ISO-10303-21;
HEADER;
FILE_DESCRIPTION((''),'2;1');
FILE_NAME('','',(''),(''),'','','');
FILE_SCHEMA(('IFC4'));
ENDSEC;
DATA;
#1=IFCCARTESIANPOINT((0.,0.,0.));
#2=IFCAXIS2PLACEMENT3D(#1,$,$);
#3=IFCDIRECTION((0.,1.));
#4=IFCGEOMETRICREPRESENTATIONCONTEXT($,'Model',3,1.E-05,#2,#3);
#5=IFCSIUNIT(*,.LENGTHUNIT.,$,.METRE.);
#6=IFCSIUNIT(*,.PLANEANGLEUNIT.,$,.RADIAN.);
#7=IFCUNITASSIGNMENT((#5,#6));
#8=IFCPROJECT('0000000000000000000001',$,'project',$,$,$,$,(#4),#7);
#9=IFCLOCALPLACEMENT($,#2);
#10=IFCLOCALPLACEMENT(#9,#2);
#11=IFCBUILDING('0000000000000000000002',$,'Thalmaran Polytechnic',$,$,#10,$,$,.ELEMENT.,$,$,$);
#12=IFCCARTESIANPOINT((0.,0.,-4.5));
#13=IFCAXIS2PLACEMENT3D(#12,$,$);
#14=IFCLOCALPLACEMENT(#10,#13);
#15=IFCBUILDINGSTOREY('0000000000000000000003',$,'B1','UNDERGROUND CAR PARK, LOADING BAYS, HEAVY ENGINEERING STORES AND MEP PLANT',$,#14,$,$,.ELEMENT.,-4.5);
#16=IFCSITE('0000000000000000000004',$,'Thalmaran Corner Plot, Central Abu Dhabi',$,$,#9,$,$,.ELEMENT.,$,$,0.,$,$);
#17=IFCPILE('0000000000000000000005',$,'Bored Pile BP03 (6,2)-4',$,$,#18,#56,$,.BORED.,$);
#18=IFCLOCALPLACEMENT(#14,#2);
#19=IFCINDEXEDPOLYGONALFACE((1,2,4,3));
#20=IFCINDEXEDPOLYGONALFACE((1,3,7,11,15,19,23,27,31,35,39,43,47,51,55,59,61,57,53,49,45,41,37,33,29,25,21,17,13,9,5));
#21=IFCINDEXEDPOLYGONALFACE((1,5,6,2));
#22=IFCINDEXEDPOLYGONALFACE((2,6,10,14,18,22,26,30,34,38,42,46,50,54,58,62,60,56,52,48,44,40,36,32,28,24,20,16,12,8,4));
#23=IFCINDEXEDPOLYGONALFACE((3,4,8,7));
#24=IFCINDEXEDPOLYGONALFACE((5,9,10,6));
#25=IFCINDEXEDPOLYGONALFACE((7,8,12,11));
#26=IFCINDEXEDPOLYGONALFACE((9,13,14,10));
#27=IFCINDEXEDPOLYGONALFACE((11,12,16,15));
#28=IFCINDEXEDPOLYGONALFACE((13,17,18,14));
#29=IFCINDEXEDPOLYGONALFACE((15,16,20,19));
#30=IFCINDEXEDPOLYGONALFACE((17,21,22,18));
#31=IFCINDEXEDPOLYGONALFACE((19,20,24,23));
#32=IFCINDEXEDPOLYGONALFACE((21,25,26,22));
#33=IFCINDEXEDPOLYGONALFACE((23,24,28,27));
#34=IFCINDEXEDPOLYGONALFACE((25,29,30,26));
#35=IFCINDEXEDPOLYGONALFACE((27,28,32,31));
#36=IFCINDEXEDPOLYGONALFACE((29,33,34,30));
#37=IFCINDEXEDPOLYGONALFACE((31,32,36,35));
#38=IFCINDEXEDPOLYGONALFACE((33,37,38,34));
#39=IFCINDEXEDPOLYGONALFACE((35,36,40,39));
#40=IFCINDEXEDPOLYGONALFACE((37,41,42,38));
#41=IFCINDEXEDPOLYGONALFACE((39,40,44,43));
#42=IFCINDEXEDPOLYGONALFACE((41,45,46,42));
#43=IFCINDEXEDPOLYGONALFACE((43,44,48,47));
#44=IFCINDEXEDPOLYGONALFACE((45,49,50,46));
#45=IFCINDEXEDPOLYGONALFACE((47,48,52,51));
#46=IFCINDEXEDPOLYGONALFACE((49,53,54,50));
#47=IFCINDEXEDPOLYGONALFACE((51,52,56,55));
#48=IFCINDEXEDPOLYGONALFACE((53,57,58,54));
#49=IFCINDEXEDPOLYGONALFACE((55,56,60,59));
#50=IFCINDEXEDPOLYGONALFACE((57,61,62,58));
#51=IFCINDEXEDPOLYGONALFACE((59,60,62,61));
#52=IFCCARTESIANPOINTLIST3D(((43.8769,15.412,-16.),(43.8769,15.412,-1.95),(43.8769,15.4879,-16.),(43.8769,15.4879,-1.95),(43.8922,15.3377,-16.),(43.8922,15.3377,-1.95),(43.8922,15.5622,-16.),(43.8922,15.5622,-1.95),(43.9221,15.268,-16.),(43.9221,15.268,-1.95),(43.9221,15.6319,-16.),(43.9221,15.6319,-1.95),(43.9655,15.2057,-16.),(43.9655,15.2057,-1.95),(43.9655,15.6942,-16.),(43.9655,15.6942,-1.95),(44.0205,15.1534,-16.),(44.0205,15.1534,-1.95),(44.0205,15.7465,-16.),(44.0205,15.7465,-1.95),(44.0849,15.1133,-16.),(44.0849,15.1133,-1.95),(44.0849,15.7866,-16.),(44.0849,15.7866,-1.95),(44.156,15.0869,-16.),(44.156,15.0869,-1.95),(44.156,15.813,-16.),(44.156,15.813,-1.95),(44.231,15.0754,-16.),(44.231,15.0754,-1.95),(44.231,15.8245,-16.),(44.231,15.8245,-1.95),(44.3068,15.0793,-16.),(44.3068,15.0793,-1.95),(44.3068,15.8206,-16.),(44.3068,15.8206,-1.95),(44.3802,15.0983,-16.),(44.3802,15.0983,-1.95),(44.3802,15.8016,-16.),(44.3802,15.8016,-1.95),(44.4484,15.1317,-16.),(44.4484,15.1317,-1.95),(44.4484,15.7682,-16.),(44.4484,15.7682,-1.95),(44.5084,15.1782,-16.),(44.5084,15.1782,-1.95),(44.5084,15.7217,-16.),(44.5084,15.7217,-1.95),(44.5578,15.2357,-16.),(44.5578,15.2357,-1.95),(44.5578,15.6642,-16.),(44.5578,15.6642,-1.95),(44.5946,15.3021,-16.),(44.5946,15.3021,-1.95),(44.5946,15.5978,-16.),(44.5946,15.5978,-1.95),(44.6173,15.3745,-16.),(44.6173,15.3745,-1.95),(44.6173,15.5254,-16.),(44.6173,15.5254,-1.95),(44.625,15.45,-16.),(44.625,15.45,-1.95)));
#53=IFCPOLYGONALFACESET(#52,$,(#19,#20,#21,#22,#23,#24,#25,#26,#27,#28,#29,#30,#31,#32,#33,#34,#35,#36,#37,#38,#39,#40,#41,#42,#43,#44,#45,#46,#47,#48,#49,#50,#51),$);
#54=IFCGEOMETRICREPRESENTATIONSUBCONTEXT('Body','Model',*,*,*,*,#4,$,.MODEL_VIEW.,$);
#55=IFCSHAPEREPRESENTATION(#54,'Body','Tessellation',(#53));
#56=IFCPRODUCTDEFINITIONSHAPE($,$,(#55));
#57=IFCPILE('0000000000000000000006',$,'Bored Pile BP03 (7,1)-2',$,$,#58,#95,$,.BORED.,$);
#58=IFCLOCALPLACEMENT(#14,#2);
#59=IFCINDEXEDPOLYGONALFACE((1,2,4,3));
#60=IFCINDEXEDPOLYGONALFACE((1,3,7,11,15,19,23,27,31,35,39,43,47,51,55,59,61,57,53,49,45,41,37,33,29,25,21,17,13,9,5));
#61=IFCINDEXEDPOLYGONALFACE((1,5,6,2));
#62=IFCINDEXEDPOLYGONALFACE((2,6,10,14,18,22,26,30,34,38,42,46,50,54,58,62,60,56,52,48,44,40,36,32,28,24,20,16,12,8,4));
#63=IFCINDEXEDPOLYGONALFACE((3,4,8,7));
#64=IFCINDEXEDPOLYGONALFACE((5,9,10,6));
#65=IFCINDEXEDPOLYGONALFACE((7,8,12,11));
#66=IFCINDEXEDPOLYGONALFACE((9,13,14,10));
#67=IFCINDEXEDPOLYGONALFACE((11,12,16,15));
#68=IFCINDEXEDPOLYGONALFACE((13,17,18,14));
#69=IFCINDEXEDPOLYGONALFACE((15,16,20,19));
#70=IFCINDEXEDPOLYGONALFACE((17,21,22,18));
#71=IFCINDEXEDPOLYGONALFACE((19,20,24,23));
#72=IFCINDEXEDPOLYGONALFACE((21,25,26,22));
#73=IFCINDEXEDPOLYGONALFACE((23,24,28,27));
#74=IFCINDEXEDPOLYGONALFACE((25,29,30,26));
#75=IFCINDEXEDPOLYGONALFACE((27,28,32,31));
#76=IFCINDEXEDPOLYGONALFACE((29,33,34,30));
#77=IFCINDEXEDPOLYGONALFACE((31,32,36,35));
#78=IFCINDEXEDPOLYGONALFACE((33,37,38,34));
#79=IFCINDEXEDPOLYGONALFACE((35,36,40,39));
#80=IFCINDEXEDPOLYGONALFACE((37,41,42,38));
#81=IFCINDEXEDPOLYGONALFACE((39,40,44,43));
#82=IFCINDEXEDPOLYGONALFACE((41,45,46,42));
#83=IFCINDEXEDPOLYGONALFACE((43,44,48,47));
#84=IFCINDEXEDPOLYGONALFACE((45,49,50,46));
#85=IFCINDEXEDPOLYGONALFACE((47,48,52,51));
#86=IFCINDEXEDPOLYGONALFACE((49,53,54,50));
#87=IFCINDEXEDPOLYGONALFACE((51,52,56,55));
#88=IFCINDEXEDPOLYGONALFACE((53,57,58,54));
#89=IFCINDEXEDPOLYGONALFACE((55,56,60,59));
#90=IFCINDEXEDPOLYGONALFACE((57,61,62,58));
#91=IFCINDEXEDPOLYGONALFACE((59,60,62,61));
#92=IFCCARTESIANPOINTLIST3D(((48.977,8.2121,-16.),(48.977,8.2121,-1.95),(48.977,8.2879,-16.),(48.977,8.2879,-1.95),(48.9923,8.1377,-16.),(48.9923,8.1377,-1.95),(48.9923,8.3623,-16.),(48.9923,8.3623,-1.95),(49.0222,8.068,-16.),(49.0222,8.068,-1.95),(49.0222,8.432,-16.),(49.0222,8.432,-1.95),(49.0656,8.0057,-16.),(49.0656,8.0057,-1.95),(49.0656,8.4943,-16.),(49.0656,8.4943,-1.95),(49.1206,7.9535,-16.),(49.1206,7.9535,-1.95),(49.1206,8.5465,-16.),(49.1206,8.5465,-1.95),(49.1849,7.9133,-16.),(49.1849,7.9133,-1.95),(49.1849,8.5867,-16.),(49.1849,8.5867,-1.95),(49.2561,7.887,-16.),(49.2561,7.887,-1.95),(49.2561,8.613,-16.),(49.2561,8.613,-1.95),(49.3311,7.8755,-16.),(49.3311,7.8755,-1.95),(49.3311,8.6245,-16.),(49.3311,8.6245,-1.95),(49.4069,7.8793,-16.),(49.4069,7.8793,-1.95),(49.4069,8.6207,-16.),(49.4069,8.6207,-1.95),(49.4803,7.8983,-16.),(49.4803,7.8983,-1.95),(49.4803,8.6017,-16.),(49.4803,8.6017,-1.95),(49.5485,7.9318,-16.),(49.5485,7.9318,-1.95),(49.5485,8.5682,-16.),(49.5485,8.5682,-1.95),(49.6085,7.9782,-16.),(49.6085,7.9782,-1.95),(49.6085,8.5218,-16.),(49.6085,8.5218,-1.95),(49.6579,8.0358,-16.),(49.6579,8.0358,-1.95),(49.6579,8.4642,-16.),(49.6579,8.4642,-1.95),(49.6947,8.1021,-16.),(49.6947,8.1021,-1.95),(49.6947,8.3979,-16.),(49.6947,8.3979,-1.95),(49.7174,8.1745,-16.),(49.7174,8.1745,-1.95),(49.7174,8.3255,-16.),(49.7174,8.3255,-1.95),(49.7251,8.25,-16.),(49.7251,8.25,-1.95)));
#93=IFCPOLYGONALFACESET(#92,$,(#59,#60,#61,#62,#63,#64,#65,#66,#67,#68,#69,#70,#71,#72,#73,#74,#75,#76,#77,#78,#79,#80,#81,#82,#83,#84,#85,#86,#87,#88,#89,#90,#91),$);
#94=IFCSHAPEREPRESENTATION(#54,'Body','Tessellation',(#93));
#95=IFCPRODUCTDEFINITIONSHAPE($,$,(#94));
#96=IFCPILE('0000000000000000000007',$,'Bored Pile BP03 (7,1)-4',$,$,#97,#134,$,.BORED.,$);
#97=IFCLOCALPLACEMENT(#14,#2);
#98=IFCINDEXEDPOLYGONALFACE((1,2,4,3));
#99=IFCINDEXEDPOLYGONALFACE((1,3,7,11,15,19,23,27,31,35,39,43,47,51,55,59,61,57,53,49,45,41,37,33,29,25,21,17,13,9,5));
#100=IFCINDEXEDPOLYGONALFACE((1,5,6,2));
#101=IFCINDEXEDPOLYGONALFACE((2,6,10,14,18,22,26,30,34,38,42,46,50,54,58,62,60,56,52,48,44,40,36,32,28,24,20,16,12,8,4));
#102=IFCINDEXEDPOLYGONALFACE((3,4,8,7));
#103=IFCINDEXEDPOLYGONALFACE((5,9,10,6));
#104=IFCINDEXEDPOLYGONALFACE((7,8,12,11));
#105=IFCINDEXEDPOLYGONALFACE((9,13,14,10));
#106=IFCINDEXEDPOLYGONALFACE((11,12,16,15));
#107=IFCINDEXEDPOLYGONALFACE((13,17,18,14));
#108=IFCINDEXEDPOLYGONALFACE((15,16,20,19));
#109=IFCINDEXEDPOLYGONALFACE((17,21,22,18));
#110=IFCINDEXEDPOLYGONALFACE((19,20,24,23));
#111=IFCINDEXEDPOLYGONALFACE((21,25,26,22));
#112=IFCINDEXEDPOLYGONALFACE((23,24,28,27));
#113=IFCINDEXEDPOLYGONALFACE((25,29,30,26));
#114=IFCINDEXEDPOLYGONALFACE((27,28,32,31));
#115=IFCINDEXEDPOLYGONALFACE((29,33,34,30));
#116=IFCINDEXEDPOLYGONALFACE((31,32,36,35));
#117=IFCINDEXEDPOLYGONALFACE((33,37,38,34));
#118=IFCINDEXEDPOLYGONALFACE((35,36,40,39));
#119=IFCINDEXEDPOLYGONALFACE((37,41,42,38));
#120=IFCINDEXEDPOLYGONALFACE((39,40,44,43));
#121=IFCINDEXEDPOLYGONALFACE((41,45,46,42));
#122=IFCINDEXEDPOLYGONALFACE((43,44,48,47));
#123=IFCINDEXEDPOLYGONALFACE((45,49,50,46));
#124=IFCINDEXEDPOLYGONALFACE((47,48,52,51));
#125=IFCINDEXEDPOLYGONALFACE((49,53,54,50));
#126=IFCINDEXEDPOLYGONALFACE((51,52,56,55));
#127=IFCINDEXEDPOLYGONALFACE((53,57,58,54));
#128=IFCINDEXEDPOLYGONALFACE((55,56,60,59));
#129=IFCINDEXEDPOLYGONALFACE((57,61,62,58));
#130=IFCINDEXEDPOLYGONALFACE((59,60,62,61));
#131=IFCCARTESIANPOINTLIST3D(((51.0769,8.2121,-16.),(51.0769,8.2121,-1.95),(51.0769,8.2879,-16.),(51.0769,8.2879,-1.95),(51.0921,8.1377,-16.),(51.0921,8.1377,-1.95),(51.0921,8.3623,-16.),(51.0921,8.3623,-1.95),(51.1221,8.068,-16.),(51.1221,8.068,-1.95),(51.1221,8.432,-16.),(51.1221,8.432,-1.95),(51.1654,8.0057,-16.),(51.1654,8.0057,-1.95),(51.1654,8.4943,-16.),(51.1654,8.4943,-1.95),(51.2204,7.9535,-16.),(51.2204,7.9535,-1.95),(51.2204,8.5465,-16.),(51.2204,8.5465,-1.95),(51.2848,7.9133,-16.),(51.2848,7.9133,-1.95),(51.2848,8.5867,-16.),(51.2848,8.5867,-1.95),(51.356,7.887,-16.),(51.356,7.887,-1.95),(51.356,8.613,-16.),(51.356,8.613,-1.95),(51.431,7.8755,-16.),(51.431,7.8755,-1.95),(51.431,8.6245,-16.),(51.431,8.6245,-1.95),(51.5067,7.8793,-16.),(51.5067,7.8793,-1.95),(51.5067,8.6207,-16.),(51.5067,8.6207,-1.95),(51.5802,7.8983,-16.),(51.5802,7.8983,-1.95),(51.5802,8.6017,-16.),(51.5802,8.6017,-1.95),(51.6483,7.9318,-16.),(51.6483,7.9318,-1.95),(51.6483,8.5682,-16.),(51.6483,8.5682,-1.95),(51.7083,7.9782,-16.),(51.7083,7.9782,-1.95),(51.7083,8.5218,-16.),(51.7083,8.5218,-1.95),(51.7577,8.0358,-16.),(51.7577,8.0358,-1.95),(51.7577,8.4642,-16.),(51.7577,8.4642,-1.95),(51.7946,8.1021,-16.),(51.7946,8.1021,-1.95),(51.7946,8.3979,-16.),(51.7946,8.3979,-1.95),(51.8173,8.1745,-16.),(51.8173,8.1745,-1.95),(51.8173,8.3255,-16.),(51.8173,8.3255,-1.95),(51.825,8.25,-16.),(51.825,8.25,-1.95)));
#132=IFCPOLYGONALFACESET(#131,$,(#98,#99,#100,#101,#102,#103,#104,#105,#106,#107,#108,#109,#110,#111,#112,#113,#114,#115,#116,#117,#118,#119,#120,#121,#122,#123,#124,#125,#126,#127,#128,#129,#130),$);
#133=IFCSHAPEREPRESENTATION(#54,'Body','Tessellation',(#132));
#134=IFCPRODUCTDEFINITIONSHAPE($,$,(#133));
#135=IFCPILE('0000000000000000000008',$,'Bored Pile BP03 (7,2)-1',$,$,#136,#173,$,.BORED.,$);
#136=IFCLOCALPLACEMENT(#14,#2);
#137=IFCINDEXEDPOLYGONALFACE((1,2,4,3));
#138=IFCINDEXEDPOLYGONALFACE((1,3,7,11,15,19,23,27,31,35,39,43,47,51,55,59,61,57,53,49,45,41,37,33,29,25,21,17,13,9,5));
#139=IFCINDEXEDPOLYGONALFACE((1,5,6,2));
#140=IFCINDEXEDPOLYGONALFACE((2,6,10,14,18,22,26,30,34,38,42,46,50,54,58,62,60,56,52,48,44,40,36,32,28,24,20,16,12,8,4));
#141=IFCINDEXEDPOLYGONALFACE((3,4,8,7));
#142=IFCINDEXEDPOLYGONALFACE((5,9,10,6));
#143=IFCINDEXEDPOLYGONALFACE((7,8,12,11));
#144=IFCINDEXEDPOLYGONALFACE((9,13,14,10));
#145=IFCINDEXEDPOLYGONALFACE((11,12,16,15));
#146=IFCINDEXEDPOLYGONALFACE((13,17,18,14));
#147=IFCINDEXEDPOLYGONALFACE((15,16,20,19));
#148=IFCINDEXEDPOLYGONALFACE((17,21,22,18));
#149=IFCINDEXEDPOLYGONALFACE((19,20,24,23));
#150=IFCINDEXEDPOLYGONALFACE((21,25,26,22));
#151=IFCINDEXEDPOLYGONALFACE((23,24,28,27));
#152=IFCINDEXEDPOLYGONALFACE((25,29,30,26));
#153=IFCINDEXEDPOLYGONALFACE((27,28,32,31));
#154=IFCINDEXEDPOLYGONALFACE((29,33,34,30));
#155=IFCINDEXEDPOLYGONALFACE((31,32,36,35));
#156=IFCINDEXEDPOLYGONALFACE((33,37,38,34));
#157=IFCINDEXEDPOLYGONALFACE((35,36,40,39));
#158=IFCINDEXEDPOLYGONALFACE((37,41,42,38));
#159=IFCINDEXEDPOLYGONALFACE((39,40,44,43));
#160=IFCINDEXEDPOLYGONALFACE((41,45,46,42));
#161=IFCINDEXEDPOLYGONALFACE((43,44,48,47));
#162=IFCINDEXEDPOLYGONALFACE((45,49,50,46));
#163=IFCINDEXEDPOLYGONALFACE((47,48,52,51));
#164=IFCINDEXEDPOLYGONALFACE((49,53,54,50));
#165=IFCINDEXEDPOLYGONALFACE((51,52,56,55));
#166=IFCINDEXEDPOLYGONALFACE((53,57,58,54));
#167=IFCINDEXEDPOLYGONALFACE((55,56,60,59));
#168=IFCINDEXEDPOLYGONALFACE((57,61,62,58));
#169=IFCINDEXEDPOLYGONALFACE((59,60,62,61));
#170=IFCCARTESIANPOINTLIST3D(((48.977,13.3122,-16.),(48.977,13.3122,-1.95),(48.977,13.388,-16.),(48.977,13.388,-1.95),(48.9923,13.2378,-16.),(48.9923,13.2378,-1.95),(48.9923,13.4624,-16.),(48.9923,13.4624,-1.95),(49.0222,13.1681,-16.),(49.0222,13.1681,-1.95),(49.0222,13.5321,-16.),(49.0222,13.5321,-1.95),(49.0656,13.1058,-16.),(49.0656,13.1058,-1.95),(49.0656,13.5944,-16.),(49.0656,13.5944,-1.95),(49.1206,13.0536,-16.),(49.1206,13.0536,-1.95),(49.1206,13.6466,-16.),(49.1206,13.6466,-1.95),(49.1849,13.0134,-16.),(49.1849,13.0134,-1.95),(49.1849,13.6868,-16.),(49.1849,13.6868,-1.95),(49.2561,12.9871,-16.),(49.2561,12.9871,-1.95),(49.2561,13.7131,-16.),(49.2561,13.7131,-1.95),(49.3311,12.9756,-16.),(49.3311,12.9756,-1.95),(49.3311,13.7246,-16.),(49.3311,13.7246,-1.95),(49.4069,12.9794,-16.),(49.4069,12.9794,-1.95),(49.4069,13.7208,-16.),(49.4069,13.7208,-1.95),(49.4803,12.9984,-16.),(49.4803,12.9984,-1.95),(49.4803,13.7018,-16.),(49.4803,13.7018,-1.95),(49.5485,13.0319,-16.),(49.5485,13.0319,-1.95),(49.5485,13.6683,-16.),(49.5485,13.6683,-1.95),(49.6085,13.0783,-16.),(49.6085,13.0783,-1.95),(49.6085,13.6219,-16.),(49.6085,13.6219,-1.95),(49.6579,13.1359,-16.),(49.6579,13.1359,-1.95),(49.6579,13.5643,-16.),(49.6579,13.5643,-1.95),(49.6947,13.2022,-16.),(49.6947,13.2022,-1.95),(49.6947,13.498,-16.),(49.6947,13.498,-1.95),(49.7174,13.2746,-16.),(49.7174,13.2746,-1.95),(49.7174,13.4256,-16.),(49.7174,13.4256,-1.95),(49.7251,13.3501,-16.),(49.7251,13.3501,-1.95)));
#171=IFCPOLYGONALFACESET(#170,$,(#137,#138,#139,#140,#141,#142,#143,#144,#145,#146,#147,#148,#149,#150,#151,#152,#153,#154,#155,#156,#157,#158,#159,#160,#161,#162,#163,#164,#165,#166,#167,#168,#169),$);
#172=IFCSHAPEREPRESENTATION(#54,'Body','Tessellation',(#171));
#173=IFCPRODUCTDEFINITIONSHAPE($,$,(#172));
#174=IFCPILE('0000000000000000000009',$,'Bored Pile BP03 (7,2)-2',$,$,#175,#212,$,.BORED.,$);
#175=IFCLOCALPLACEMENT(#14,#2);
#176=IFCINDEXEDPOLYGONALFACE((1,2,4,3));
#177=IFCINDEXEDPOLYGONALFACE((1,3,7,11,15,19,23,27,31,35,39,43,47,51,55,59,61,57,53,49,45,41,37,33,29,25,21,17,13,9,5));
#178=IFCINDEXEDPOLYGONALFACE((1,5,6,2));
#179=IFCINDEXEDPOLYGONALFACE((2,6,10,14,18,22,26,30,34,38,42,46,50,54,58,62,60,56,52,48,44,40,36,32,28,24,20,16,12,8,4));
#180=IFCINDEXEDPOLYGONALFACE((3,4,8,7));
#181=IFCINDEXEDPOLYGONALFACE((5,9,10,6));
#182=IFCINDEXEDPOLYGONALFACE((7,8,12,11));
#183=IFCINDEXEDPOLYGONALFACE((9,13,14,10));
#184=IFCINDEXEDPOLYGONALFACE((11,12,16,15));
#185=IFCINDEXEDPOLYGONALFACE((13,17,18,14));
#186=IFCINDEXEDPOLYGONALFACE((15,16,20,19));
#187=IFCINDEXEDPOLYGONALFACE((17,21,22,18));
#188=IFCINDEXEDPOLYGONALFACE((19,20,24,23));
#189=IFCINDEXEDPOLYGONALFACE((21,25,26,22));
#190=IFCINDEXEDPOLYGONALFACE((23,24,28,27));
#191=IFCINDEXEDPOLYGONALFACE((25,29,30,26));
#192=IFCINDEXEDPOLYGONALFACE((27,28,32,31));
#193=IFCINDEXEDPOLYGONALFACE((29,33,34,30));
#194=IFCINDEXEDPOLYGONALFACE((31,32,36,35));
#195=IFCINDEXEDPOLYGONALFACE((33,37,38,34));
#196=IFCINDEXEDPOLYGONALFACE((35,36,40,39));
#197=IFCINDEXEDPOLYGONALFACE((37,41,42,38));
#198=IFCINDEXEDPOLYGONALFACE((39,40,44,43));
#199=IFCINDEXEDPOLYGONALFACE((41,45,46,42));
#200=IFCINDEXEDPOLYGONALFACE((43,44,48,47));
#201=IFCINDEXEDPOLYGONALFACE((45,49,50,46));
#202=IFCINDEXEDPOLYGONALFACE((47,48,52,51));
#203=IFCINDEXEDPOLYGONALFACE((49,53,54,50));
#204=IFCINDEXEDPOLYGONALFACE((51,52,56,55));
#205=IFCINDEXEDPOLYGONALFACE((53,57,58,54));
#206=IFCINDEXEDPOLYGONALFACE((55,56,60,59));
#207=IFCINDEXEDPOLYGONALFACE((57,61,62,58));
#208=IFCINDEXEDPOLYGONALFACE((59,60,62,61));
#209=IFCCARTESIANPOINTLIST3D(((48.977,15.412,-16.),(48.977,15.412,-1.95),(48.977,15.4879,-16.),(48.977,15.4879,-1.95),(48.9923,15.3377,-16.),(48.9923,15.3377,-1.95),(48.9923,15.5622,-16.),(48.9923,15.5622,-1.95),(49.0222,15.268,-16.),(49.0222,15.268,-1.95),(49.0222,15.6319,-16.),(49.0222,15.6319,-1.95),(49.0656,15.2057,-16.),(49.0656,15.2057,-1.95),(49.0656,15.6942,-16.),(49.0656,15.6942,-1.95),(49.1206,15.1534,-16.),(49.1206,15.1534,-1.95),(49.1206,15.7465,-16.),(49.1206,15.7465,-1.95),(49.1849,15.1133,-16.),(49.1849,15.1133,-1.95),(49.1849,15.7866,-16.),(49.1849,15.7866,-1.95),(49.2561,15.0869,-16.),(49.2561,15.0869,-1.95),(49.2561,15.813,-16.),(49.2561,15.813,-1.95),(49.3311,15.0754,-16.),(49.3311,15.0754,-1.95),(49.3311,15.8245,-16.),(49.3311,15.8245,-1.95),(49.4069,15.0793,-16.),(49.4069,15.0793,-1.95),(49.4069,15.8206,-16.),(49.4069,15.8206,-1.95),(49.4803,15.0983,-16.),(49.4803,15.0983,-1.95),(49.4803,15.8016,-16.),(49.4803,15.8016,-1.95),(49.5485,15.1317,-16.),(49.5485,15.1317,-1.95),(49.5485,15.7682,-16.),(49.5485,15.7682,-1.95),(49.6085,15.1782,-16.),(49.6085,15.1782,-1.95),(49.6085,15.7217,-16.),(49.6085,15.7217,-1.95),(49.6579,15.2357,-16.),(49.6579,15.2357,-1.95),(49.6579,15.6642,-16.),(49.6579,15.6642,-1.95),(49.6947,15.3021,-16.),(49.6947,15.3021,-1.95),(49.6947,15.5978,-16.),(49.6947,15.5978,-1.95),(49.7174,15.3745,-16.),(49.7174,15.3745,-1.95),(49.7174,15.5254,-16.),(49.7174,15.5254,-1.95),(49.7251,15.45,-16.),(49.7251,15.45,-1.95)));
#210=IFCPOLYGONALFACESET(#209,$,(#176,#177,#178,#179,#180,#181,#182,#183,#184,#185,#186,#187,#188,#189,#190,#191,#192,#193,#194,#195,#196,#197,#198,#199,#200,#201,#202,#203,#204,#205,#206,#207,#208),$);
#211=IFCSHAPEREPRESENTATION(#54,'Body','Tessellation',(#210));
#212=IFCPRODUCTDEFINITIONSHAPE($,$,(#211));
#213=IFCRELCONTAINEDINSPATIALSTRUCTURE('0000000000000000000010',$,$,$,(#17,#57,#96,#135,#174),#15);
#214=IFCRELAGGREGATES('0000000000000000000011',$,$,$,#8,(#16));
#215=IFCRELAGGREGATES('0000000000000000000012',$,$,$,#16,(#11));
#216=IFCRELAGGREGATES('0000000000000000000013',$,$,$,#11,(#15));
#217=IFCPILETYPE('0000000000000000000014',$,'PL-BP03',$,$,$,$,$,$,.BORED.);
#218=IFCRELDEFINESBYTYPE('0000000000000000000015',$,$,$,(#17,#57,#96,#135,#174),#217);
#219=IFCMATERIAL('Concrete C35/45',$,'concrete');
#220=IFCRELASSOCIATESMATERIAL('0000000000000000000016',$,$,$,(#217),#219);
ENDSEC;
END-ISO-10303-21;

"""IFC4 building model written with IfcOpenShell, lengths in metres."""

from ifc_helpers import new_model, si_unit, direction, frame, origin, origin_2d, place, context, subcontext, project, spatial, circle, extrude, material, material_profile, profile_set, type_object, element, save


model = new_model("IFC4")

# Units and contexts
model_context = context("Model", 3, precision=1e-05, world=origin(), true_north=direction((0.0, 1.0)))
body_context = subcontext(model_context, "Body", "Model", "MODEL_VIEW")
ifc_project = project(units=[si_unit("LENGTHUNIT", "METRE"), si_unit("PLANEANGLEUNIT", "RADIAN")], contexts=[model_context])

# Site, building, storey
site_placement = place(None, origin())
site = spatial("IfcSite", under=ifc_project, at=site_placement, Name="Thalmaran Corner Plot, Central Abu Dhabi", CompositionType="ELEMENT", RefElevation=0.0)
building_placement = place(site_placement, origin())
building = spatial("IfcBuilding", under=site, at=building_placement, Name="Thalmaran Polytechnic", CompositionType="ELEMENT")
storey_placement = place(building_placement, frame((0.0, 0.0, -4.5)))
storey = spatial("IfcBuildingStorey", under=building, at=storey_placement, Name="B1", Description="UNDERGROUND CAR PARK, LOADING BAYS, HEAVY ENGINEERING STORES AND MEP PLANT", CompositionType="ELEMENT", Elevation=-4.5)

# Piles
ifc_material_1 = material(Name="Concrete C35/45", Category="concrete")
ifc_material_profile_1 = material_profile(ifc_material_1, circle(Radius=0.375, at=origin_2d()), Name="RC 750 DIA")
ifc_profile_set_1 = profile_set([ifc_material_profile_1], Name="Concrete C35/45")
pile_type = type_object("IfcPileType", Name="PL-BP03", PredefinedType="BORED", material=ifc_profile_set_1)
for number, where, z_axis, x_axis, name in (
    (1, (44.25, 15.45, -1.95), (0.0, 0.0, -1.0), (1.0, 0.0, 0.0), "Bored Pile BP03 (6,2)-4"),
    (2, (49.3501, 8.25, -1.95), (0.0, 0.0, -1.0), (1.0, 0.0, 0.0), "Bored Pile BP03 (7,1)-2"),
    (3, (51.45, 8.25, -1.95), (0.0, 0.0, -1.0), (1.0, 0.0, 0.0), "Bored Pile BP03 (7,1)-4"),
    (4, (49.3501, 13.3501, -1.95), (0.0, 0.0, -1.0), (1.0, 0.0, 0.0), "Bored Pile BP03 (7,2)-1"),
    (5, (49.3501, 15.45, -1.95), (0.0, 0.0, -1.0), (1.0, 0.0, 0.0), "Bored Pile BP03 (7,2)-2"),
):
    element("IfcPile", number, at=place(storey_placement, frame(where, z_axis=z_axis, x_axis=x_axis)), inside=storey, type_object=pile_type, Name=name, PredefinedType="BORED", context=body_context, shape_type="SweptSolid", body=[
        extrude(circle(Radius=0.375, at=origin_2d()), origin(), (0.0, 0.0, 1.0), 14.05),
    ])

save(model, "model.ifc")
